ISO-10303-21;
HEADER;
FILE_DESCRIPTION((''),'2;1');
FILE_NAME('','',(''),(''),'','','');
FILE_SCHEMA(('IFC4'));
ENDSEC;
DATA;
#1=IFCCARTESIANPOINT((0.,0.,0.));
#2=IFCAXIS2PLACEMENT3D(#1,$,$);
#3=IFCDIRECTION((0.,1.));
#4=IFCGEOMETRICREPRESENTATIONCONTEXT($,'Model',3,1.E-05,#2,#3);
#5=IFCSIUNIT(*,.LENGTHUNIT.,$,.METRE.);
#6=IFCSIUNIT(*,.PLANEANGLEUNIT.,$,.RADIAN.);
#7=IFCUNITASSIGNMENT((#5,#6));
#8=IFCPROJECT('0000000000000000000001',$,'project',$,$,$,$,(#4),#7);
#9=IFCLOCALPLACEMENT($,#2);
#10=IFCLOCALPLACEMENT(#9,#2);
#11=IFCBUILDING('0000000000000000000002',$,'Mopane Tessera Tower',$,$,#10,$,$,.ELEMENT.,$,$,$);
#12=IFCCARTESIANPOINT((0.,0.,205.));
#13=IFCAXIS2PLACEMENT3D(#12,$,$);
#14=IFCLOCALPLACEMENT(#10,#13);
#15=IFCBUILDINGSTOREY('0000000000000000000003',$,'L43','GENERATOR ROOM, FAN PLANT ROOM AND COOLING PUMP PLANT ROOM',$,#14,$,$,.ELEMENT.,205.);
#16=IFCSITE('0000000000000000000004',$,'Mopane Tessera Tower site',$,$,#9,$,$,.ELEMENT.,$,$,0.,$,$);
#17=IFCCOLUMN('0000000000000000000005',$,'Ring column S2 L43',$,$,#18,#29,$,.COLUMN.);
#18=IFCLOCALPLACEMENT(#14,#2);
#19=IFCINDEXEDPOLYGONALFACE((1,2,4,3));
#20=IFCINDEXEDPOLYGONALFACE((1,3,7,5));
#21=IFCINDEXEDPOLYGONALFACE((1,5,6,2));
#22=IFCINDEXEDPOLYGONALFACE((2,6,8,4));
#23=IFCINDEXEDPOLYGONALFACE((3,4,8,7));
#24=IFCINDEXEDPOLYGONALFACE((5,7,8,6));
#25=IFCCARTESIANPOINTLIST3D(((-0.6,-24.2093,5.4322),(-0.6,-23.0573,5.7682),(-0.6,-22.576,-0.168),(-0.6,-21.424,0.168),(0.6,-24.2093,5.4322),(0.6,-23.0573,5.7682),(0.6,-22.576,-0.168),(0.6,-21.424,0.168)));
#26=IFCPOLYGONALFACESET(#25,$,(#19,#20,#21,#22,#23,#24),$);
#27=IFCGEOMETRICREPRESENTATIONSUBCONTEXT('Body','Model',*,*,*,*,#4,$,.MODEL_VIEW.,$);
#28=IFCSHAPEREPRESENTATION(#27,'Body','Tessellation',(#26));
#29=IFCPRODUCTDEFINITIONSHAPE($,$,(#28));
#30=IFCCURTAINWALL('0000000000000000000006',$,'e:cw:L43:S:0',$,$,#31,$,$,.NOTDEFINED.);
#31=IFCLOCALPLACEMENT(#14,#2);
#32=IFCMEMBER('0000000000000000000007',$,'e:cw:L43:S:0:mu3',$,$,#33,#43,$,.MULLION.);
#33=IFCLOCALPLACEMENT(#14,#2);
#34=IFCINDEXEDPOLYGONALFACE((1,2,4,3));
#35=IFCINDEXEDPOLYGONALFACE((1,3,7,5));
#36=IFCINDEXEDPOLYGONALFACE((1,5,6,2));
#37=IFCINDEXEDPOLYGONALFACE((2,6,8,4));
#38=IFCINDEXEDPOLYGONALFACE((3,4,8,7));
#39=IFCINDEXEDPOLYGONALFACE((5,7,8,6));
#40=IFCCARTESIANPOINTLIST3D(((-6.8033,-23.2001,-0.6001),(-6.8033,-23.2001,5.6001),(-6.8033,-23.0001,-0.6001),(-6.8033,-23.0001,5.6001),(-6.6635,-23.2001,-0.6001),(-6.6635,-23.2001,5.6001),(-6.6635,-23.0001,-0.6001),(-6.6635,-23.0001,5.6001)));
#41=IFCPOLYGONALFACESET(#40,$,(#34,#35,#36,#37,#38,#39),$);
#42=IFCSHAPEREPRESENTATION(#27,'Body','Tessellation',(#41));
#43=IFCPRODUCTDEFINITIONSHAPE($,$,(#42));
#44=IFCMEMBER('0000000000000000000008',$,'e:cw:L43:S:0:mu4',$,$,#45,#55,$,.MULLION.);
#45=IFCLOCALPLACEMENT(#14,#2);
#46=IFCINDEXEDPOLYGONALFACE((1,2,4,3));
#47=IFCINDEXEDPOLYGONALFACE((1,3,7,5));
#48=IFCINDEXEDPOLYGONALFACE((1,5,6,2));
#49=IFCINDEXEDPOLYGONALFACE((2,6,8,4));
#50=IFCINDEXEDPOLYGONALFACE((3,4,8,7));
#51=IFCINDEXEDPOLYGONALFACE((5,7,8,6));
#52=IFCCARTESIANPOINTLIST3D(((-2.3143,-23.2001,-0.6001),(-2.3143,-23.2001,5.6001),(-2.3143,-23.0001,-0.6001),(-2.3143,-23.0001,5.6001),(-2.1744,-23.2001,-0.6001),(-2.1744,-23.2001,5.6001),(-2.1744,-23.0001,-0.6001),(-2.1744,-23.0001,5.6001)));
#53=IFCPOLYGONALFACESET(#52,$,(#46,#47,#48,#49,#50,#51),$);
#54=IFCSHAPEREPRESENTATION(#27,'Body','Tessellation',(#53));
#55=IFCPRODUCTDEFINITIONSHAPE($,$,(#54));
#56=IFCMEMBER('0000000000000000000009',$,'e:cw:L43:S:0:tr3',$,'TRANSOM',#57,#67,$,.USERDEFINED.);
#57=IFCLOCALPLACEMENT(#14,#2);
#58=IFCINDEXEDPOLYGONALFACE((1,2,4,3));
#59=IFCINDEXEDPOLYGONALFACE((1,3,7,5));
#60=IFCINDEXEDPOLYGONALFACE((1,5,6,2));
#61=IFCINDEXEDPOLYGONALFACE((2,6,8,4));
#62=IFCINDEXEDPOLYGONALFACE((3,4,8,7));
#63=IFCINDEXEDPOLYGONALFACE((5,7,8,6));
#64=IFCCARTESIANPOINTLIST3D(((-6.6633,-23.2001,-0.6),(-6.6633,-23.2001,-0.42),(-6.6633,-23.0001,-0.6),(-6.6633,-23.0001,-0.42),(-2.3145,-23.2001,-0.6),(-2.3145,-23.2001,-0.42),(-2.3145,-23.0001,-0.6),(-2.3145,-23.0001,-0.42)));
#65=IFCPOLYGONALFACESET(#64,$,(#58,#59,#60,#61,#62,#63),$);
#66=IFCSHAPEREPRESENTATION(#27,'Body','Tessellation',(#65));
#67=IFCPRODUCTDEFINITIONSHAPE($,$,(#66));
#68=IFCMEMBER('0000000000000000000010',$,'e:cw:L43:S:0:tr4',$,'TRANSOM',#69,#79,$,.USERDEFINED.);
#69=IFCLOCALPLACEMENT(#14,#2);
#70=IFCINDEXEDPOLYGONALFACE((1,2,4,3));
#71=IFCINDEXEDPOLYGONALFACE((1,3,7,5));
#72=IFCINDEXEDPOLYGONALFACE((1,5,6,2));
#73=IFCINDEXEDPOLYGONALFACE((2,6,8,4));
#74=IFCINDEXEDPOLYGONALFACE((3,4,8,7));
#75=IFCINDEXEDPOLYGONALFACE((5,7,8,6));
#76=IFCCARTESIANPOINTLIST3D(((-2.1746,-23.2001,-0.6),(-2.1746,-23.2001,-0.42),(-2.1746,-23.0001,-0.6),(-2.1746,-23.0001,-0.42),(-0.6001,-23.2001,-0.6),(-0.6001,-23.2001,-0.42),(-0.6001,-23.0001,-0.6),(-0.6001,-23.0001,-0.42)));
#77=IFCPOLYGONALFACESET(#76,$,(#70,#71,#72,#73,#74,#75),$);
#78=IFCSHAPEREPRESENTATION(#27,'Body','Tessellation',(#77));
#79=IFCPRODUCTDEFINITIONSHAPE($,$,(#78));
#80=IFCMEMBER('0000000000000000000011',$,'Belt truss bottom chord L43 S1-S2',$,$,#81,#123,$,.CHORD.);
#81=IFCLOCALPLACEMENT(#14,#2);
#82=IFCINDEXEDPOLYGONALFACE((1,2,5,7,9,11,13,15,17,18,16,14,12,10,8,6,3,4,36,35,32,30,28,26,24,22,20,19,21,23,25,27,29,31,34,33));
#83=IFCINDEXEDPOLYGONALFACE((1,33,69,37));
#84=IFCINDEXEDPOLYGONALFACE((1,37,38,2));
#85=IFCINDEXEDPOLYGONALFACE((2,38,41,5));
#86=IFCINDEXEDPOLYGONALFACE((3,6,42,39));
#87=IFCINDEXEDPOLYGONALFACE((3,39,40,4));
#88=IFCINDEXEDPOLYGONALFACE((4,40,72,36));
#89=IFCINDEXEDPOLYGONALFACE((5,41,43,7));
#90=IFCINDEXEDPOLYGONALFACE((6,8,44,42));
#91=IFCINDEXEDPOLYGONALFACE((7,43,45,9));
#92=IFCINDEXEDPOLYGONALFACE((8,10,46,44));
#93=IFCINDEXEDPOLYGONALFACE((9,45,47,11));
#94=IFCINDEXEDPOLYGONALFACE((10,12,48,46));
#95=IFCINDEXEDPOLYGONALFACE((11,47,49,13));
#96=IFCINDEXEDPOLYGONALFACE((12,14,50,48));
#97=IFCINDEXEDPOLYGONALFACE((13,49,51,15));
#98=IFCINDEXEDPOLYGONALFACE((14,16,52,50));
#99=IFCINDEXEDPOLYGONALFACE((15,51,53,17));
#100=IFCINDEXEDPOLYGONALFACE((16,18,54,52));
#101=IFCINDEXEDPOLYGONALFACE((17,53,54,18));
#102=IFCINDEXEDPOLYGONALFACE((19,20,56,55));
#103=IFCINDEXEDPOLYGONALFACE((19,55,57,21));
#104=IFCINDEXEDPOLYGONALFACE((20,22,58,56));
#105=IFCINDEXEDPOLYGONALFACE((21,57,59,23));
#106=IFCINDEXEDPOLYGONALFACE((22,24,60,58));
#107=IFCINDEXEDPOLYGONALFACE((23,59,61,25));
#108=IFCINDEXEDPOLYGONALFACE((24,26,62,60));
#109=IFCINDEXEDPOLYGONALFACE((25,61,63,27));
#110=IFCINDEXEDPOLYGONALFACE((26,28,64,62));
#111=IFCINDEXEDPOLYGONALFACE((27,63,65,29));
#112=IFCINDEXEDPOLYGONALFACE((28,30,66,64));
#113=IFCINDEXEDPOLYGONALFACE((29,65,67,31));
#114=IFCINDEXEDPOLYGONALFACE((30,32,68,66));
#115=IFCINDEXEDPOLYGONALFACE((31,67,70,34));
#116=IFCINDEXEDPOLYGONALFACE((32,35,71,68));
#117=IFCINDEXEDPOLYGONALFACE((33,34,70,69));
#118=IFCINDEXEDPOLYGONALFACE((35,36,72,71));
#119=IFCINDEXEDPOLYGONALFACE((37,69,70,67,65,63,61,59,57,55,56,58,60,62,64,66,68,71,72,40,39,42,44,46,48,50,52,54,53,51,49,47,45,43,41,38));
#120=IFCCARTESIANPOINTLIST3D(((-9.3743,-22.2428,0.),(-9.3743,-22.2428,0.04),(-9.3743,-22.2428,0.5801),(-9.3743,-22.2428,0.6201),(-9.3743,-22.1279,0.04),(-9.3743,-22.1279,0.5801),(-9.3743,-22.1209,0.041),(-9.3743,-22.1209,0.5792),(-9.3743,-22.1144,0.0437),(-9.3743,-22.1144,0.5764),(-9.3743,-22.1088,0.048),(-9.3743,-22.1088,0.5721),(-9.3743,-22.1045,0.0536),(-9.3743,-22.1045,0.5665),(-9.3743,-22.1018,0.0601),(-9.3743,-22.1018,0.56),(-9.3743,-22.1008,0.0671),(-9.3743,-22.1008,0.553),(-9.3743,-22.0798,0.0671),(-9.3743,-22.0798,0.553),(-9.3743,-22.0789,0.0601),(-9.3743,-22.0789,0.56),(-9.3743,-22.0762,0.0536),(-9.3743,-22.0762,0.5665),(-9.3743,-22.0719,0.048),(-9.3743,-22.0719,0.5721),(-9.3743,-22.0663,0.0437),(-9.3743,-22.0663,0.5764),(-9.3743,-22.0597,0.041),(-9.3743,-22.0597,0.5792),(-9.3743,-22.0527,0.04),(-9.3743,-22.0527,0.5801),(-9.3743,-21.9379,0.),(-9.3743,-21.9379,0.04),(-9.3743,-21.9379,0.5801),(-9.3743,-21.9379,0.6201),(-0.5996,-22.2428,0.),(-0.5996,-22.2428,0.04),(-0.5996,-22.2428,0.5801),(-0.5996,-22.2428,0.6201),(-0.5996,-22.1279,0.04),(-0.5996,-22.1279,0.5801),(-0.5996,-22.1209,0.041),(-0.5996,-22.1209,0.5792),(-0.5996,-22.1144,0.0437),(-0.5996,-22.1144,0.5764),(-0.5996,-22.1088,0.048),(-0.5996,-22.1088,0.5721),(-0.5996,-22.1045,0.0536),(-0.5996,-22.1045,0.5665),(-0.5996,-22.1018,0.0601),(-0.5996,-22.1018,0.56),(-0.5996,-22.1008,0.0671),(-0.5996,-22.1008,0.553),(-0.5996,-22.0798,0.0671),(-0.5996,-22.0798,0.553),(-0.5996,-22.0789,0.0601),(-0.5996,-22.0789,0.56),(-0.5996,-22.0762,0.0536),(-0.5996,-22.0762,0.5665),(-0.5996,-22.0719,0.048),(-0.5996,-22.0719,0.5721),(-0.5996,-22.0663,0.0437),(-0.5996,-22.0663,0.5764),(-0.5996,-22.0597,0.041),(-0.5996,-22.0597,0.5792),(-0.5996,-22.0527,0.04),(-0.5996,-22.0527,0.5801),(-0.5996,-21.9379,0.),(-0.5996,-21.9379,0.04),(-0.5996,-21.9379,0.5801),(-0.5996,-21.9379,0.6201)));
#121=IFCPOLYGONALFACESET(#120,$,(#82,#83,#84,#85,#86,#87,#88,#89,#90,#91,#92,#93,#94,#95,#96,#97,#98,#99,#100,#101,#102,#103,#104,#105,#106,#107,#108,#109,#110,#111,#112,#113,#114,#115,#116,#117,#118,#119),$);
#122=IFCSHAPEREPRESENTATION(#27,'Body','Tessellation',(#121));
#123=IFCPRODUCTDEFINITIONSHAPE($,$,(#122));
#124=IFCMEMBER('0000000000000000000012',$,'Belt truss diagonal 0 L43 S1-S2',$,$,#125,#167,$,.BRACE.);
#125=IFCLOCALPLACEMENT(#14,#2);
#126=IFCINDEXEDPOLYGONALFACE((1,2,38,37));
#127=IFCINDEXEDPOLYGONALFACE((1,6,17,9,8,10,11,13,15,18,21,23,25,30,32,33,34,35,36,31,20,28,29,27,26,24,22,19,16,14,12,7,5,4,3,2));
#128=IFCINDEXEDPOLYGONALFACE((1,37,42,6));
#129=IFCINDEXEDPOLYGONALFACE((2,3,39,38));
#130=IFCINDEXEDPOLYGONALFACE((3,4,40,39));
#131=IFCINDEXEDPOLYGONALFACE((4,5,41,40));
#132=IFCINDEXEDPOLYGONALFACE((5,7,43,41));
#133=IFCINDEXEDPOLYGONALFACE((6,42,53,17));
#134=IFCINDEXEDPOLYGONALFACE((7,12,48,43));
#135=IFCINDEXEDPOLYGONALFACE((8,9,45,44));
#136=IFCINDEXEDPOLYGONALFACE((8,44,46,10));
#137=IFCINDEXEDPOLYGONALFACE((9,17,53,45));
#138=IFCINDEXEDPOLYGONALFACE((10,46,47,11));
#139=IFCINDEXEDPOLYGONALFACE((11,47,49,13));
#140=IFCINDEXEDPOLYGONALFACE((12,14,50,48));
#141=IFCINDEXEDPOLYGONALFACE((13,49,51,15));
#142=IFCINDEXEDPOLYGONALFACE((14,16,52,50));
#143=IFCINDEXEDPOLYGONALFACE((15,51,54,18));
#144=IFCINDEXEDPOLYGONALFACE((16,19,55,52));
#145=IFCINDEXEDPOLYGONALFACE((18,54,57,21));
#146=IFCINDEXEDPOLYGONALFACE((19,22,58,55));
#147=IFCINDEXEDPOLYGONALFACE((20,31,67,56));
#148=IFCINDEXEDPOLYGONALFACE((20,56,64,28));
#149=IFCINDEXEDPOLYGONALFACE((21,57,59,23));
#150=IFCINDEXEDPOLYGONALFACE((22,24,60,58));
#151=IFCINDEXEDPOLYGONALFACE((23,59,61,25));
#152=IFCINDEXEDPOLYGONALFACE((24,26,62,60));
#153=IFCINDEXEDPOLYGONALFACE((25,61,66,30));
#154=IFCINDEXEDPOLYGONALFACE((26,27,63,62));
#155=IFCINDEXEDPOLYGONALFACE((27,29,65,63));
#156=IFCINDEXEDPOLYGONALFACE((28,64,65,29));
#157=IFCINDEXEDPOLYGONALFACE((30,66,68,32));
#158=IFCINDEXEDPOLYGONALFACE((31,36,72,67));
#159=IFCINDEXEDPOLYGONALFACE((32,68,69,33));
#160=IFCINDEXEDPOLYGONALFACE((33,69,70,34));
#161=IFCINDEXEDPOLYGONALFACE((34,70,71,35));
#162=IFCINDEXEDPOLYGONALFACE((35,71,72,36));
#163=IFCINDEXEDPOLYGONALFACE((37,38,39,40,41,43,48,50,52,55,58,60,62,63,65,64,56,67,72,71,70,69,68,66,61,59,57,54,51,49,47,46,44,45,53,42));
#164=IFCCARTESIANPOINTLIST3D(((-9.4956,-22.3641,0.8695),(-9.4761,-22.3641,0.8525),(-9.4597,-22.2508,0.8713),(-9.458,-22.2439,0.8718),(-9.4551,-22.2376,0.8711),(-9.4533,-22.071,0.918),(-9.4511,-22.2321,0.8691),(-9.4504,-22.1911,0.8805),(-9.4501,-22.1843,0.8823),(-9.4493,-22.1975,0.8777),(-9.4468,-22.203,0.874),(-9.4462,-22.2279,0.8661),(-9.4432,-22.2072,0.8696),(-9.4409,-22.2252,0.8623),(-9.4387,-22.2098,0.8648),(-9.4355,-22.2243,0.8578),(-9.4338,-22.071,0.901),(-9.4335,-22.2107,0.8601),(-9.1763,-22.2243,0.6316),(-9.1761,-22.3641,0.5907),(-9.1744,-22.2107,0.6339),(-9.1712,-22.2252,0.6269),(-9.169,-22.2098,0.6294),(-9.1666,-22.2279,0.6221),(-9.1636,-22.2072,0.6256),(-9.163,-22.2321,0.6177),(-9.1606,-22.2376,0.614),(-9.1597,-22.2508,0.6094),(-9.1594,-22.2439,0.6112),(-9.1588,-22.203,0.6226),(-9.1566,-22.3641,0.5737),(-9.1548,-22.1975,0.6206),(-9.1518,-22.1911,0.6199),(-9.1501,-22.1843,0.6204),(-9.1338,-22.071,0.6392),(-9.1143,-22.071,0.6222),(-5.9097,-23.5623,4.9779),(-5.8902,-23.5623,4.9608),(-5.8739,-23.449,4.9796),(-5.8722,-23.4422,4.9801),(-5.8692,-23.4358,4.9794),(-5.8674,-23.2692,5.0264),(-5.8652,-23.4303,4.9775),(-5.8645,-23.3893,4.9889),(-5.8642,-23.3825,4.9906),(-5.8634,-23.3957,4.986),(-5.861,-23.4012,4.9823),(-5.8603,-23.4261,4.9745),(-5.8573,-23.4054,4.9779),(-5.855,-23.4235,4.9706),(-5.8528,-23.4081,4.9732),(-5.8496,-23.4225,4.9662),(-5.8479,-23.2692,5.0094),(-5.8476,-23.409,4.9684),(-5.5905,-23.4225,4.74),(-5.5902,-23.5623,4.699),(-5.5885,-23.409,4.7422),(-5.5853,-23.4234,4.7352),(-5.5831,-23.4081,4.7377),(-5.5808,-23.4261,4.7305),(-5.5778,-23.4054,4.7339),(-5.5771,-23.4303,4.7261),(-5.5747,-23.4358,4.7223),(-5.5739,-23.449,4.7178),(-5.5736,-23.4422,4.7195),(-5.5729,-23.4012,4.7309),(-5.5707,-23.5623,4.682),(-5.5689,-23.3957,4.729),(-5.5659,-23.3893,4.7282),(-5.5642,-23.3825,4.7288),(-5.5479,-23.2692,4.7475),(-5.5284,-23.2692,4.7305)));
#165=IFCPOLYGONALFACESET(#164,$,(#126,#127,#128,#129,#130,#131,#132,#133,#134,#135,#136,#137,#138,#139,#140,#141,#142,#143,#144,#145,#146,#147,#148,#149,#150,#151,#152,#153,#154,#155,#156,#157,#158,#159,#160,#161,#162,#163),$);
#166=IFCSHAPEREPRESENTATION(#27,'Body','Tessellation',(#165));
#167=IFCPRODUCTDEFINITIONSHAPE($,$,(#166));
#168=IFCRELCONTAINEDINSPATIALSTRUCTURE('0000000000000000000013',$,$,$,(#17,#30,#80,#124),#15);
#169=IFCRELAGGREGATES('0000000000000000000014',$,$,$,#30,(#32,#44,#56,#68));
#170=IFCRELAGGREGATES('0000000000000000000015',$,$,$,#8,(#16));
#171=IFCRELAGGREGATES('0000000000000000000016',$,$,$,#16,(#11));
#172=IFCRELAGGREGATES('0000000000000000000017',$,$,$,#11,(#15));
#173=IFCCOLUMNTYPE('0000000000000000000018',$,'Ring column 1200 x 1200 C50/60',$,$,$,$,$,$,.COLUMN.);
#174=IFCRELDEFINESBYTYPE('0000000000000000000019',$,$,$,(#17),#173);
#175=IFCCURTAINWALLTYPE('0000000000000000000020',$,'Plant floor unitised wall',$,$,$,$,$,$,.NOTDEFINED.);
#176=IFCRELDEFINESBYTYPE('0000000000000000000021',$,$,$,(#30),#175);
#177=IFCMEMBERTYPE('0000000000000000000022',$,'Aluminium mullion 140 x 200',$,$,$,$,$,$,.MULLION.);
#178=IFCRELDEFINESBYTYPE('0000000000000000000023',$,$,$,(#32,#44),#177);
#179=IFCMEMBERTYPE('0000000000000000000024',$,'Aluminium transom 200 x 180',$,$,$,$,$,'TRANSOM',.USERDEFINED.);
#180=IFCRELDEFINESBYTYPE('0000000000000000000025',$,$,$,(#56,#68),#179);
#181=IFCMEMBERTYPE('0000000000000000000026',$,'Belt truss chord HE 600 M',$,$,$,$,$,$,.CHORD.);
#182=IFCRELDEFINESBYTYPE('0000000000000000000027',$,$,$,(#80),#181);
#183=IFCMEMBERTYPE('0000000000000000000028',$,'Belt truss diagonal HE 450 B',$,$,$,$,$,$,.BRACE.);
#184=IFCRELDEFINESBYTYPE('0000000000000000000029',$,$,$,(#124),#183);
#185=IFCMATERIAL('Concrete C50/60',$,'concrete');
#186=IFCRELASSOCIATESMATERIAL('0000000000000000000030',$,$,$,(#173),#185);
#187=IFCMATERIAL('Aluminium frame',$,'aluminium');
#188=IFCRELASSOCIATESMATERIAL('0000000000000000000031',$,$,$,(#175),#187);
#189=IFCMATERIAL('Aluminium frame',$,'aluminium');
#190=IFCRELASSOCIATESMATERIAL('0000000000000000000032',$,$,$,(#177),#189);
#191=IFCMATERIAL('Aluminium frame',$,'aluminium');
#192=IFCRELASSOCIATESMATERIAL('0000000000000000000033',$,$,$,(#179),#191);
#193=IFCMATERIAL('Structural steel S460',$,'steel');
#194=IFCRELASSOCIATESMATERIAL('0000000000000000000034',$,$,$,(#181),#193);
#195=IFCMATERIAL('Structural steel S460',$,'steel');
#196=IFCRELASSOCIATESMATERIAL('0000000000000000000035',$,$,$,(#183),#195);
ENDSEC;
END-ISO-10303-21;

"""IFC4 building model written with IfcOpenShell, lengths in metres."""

from ifc_helpers import new_model, si_unit, direction, frame, origin, origin_2d, place, context, subcontext, project, spatial, rectangle, i_section, extrude, material, material_profile, profile_set, type_object, element, aggregate, save


model = new_model("IFC4")

# Units and contexts
model_context = context("Model", 3, precision=1e-05, world=origin(), true_north=direction((0.0, 1.0)))
body_context = subcontext(model_context, "Body", "Model", "MODEL_VIEW")
ifc_project = project(units=[si_unit("LENGTHUNIT", "METRE"), si_unit("PLANEANGLEUNIT", "RADIAN")], contexts=[model_context])

# Site, building, storey
site_placement = place(None, origin())
site = spatial("IfcSite", under=ifc_project, at=site_placement, Name="Mopane Tessera Tower site", CompositionType="ELEMENT", RefElevation=0.0)
building_placement = place(site_placement, origin())
building = spatial("IfcBuilding", under=site, at=building_placement, Name="Mopane Tessera Tower", CompositionType="ELEMENT")
storey_placement = place(building_placement, frame((0.0, 0.0, 205.0)))
storey = spatial("IfcBuildingStorey", under=building, at=storey_placement, Name="L43", Description="GENERATOR ROOM, FAN PLANT ROOM AND COOLING PUMP PLANT ROOM", CompositionType="ELEMENT", Elevation=205.0)

# Column
ifc_material_1 = material(Name="Concrete C50/60", Category="concrete")
ifc_material_profile_1 = material_profile(ifc_material_1, rectangle(XDim=1.2, YDim=1.2, at=origin_2d()))
ifc_profile_set_1 = profile_set([ifc_material_profile_1], Name="Concrete C50/60")
column_type = type_object("IfcColumnType", Name="Ring column 1200 x 1200 C50/60", PredefinedType="COLUMN", material=ifc_profile_set_1)
column_placement = place(storey_placement, frame((0.0, -22.0, 0.0), z_axis=(0.0, -0.27999, 0.960003), x_axis=(1.0, 0.0, 0.0)))
element("IfcColumn", 1, at=column_placement, inside=storey, type_object=column_type, Name="Ring column S2 L43", PredefinedType="COLUMN", context=body_context, shape_type="SweptSolid", body=[
    extrude(rectangle(XDim=1.2, YDim=1.2, at=origin_2d()), origin(), (0.0, 0.0, 1.0), 5.8335),
])

# Curtain wall, members
ifc_material_2 = material(Name="Aluminium frame", Category="aluminium")
curtain_wall_type = type_object("IfcCurtainWallType", Name="Plant floor unitised wall", PredefinedType="NOTDEFINED", material=ifc_material_2)
curtain_wall_placement = place(storey_placement, origin())
curtain_wall = element("IfcCurtainWall", 2, at=curtain_wall_placement, inside=storey, type_object=curtain_wall_type, Name="e:cw:L43:S:0", PredefinedType="NOTDEFINED")
ifc_material_3 = material(Name="Aluminium frame", Category="aluminium")
ifc_material_profile_2 = material_profile(ifc_material_3, rectangle(XDim=0.1399, YDim=0.2, at=origin_2d()))
ifc_profile_set_2 = profile_set([ifc_material_profile_2], Name="Aluminium frame")
member_type_1 = type_object("IfcMemberType", Name="Aluminium mullion 140 x 200", PredefinedType="MULLION", material=ifc_profile_set_2)
member_1_placement = place(storey_placement, frame((-6.7334, -23.1001, -0.6001), z_axis=(0.0, 0.0, 1.0), x_axis=(1.0, 0.0, 0.0)))
member_1 = element("IfcMember", 3, at=member_1_placement, type_object=member_type_1, Name="e:cw:L43:S:0:mu3", PredefinedType="MULLION", context=body_context, shape_type="SweptSolid", body=[
    extrude(rectangle(XDim=0.1399, YDim=0.2, at=origin_2d()), origin(), (0.0, 0.0, 1.0), 6.2002),
])
member_2_placement = place(storey_placement, frame((-2.2444, -23.1001, -0.6001), z_axis=(0.0, 0.0, 1.0), x_axis=(1.0, 0.0, 0.0)))
member_2 = element("IfcMember", 4, at=member_2_placement, type_object=member_type_1, Name="e:cw:L43:S:0:mu4", PredefinedType="MULLION", context=body_context, shape_type="SweptSolid", body=[
    extrude(rectangle(XDim=0.1399, YDim=0.2, at=origin_2d()), origin(), (0.0, 0.0, 1.0), 6.2002),
])
ifc_material_4 = material(Name="Aluminium frame", Category="aluminium")
ifc_material_profile_3 = material_profile(ifc_material_4, rectangle(XDim=0.2, YDim=0.1799, at=origin_2d()))
ifc_profile_set_3 = profile_set([ifc_material_profile_3], Name="Aluminium frame")
member_type_2 = type_object("IfcMemberType", Name="Aluminium transom 200 x 180", ElementType="TRANSOM", PredefinedType="USERDEFINED", material=ifc_profile_set_3)
member_3_placement = place(storey_placement, frame((-6.6633, -23.1001, -0.51), z_axis=(1.0, 0.0, 0.0), x_axis=(0.0, 1.0, 0.0)))
member_3 = element("IfcMember", 5, at=member_3_placement, type_object=member_type_2, Name="e:cw:L43:S:0:tr3", ObjectType="TRANSOM", PredefinedType="USERDEFINED", context=body_context, shape_type="SweptSolid", body=[
    extrude(rectangle(XDim=0.2, YDim=0.1799, at=origin_2d()), origin(), (0.0, 0.0, 1.0), 4.3489),
])
member_4_placement = place(storey_placement, frame((-2.1746, -23.1001, -0.51), z_axis=(1.0, 0.0, 0.0), x_axis=(0.0, 1.0, 0.0)))
member_4 = element("IfcMember", 6, at=member_4_placement, type_object=member_type_2, Name="e:cw:L43:S:0:tr4", ObjectType="TRANSOM", PredefinedType="USERDEFINED", context=body_context, shape_type="SweptSolid", body=[
    extrude(rectangle(XDim=0.2, YDim=0.1799, at=origin_2d()), origin(), (0.0, 0.0, 1.0), 1.5745),
])

# Members
ifc_material_5 = material(Name="Structural steel S460", Category="steel")
ifc_material_profile_4 = material_profile(ifc_material_5, i_section(OverallWidth=0.3049, OverallDepth=0.6201, WebThickness=0.021, FlangeThickness=0.04, FilletRadius=0.0271, at=origin_2d()))
ifc_profile_set_4 = profile_set([ifc_material_profile_4], Name="Structural steel S460")
member_type_3 = type_object("IfcMemberType", Name="Belt truss chord HE 600 M", PredefinedType="CHORD", material=ifc_profile_set_4)
member_5_placement = place(storey_placement, frame((-9.3743, -22.0903, 0.3101), z_axis=(1.0, 0.0, 0.0), x_axis=(0.0, 1.0, 0.0)))
element("IfcMember", 7, at=member_5_placement, inside=storey, type_object=member_type_3, Name="Belt truss bottom chord L43 S1-S2", PredefinedType="CHORD", context=body_context, shape_type="SweptSolid", body=[
    extrude(i_section(OverallWidth=0.3049, OverallDepth=0.6201, WebThickness=0.021, FlangeThickness=0.04, FilletRadius=0.0271, at=origin_2d()), origin(), (0.0, 0.0, 1.0), 8.7747),
])
ifc_material_6 = material(Name="Structural steel S460", Category="steel")
ifc_material_profile_5 = material_profile(ifc_material_6, i_section(OverallWidth=0.3, OverallDepth=0.45, WebThickness=0.0139, FlangeThickness=0.0259, FilletRadius=0.0271, at=origin_2d()))
ifc_profile_set_5 = profile_set([ifc_material_profile_5], Name="Structural steel S460")
member_type_4 = type_object("IfcMemberType", Name="Belt truss diagonal HE 450 B", PredefinedType="BRACE", material=ifc_profile_set_5)
member_6_placement = place(storey_placement, frame((-9.3049, -22.2175, 0.7458), z_axis=(0.642257, -0.21461, 0.735832), x_axis=(0.14112, 0.9767, 0.161687)))
element("IfcMember", 8, at=member_6_placement, inside=storey, type_object=member_type_4, Name="Belt truss diagonal 0 L43 S1-S2", PredefinedType="BRACE", context=body_context, shape_type="SweptSolid", body=[
    extrude(i_section(OverallWidth=0.3, OverallDepth=0.45, WebThickness=0.0139, FlangeThickness=0.0259, FilletRadius=0.0271, at=origin_2d()), origin(), (0.0, 0.0, 1.0), 5.5833),
])

aggregate(curtain_wall, [member_1, member_2, member_3, member_4])

save(model, "model.ifc")
